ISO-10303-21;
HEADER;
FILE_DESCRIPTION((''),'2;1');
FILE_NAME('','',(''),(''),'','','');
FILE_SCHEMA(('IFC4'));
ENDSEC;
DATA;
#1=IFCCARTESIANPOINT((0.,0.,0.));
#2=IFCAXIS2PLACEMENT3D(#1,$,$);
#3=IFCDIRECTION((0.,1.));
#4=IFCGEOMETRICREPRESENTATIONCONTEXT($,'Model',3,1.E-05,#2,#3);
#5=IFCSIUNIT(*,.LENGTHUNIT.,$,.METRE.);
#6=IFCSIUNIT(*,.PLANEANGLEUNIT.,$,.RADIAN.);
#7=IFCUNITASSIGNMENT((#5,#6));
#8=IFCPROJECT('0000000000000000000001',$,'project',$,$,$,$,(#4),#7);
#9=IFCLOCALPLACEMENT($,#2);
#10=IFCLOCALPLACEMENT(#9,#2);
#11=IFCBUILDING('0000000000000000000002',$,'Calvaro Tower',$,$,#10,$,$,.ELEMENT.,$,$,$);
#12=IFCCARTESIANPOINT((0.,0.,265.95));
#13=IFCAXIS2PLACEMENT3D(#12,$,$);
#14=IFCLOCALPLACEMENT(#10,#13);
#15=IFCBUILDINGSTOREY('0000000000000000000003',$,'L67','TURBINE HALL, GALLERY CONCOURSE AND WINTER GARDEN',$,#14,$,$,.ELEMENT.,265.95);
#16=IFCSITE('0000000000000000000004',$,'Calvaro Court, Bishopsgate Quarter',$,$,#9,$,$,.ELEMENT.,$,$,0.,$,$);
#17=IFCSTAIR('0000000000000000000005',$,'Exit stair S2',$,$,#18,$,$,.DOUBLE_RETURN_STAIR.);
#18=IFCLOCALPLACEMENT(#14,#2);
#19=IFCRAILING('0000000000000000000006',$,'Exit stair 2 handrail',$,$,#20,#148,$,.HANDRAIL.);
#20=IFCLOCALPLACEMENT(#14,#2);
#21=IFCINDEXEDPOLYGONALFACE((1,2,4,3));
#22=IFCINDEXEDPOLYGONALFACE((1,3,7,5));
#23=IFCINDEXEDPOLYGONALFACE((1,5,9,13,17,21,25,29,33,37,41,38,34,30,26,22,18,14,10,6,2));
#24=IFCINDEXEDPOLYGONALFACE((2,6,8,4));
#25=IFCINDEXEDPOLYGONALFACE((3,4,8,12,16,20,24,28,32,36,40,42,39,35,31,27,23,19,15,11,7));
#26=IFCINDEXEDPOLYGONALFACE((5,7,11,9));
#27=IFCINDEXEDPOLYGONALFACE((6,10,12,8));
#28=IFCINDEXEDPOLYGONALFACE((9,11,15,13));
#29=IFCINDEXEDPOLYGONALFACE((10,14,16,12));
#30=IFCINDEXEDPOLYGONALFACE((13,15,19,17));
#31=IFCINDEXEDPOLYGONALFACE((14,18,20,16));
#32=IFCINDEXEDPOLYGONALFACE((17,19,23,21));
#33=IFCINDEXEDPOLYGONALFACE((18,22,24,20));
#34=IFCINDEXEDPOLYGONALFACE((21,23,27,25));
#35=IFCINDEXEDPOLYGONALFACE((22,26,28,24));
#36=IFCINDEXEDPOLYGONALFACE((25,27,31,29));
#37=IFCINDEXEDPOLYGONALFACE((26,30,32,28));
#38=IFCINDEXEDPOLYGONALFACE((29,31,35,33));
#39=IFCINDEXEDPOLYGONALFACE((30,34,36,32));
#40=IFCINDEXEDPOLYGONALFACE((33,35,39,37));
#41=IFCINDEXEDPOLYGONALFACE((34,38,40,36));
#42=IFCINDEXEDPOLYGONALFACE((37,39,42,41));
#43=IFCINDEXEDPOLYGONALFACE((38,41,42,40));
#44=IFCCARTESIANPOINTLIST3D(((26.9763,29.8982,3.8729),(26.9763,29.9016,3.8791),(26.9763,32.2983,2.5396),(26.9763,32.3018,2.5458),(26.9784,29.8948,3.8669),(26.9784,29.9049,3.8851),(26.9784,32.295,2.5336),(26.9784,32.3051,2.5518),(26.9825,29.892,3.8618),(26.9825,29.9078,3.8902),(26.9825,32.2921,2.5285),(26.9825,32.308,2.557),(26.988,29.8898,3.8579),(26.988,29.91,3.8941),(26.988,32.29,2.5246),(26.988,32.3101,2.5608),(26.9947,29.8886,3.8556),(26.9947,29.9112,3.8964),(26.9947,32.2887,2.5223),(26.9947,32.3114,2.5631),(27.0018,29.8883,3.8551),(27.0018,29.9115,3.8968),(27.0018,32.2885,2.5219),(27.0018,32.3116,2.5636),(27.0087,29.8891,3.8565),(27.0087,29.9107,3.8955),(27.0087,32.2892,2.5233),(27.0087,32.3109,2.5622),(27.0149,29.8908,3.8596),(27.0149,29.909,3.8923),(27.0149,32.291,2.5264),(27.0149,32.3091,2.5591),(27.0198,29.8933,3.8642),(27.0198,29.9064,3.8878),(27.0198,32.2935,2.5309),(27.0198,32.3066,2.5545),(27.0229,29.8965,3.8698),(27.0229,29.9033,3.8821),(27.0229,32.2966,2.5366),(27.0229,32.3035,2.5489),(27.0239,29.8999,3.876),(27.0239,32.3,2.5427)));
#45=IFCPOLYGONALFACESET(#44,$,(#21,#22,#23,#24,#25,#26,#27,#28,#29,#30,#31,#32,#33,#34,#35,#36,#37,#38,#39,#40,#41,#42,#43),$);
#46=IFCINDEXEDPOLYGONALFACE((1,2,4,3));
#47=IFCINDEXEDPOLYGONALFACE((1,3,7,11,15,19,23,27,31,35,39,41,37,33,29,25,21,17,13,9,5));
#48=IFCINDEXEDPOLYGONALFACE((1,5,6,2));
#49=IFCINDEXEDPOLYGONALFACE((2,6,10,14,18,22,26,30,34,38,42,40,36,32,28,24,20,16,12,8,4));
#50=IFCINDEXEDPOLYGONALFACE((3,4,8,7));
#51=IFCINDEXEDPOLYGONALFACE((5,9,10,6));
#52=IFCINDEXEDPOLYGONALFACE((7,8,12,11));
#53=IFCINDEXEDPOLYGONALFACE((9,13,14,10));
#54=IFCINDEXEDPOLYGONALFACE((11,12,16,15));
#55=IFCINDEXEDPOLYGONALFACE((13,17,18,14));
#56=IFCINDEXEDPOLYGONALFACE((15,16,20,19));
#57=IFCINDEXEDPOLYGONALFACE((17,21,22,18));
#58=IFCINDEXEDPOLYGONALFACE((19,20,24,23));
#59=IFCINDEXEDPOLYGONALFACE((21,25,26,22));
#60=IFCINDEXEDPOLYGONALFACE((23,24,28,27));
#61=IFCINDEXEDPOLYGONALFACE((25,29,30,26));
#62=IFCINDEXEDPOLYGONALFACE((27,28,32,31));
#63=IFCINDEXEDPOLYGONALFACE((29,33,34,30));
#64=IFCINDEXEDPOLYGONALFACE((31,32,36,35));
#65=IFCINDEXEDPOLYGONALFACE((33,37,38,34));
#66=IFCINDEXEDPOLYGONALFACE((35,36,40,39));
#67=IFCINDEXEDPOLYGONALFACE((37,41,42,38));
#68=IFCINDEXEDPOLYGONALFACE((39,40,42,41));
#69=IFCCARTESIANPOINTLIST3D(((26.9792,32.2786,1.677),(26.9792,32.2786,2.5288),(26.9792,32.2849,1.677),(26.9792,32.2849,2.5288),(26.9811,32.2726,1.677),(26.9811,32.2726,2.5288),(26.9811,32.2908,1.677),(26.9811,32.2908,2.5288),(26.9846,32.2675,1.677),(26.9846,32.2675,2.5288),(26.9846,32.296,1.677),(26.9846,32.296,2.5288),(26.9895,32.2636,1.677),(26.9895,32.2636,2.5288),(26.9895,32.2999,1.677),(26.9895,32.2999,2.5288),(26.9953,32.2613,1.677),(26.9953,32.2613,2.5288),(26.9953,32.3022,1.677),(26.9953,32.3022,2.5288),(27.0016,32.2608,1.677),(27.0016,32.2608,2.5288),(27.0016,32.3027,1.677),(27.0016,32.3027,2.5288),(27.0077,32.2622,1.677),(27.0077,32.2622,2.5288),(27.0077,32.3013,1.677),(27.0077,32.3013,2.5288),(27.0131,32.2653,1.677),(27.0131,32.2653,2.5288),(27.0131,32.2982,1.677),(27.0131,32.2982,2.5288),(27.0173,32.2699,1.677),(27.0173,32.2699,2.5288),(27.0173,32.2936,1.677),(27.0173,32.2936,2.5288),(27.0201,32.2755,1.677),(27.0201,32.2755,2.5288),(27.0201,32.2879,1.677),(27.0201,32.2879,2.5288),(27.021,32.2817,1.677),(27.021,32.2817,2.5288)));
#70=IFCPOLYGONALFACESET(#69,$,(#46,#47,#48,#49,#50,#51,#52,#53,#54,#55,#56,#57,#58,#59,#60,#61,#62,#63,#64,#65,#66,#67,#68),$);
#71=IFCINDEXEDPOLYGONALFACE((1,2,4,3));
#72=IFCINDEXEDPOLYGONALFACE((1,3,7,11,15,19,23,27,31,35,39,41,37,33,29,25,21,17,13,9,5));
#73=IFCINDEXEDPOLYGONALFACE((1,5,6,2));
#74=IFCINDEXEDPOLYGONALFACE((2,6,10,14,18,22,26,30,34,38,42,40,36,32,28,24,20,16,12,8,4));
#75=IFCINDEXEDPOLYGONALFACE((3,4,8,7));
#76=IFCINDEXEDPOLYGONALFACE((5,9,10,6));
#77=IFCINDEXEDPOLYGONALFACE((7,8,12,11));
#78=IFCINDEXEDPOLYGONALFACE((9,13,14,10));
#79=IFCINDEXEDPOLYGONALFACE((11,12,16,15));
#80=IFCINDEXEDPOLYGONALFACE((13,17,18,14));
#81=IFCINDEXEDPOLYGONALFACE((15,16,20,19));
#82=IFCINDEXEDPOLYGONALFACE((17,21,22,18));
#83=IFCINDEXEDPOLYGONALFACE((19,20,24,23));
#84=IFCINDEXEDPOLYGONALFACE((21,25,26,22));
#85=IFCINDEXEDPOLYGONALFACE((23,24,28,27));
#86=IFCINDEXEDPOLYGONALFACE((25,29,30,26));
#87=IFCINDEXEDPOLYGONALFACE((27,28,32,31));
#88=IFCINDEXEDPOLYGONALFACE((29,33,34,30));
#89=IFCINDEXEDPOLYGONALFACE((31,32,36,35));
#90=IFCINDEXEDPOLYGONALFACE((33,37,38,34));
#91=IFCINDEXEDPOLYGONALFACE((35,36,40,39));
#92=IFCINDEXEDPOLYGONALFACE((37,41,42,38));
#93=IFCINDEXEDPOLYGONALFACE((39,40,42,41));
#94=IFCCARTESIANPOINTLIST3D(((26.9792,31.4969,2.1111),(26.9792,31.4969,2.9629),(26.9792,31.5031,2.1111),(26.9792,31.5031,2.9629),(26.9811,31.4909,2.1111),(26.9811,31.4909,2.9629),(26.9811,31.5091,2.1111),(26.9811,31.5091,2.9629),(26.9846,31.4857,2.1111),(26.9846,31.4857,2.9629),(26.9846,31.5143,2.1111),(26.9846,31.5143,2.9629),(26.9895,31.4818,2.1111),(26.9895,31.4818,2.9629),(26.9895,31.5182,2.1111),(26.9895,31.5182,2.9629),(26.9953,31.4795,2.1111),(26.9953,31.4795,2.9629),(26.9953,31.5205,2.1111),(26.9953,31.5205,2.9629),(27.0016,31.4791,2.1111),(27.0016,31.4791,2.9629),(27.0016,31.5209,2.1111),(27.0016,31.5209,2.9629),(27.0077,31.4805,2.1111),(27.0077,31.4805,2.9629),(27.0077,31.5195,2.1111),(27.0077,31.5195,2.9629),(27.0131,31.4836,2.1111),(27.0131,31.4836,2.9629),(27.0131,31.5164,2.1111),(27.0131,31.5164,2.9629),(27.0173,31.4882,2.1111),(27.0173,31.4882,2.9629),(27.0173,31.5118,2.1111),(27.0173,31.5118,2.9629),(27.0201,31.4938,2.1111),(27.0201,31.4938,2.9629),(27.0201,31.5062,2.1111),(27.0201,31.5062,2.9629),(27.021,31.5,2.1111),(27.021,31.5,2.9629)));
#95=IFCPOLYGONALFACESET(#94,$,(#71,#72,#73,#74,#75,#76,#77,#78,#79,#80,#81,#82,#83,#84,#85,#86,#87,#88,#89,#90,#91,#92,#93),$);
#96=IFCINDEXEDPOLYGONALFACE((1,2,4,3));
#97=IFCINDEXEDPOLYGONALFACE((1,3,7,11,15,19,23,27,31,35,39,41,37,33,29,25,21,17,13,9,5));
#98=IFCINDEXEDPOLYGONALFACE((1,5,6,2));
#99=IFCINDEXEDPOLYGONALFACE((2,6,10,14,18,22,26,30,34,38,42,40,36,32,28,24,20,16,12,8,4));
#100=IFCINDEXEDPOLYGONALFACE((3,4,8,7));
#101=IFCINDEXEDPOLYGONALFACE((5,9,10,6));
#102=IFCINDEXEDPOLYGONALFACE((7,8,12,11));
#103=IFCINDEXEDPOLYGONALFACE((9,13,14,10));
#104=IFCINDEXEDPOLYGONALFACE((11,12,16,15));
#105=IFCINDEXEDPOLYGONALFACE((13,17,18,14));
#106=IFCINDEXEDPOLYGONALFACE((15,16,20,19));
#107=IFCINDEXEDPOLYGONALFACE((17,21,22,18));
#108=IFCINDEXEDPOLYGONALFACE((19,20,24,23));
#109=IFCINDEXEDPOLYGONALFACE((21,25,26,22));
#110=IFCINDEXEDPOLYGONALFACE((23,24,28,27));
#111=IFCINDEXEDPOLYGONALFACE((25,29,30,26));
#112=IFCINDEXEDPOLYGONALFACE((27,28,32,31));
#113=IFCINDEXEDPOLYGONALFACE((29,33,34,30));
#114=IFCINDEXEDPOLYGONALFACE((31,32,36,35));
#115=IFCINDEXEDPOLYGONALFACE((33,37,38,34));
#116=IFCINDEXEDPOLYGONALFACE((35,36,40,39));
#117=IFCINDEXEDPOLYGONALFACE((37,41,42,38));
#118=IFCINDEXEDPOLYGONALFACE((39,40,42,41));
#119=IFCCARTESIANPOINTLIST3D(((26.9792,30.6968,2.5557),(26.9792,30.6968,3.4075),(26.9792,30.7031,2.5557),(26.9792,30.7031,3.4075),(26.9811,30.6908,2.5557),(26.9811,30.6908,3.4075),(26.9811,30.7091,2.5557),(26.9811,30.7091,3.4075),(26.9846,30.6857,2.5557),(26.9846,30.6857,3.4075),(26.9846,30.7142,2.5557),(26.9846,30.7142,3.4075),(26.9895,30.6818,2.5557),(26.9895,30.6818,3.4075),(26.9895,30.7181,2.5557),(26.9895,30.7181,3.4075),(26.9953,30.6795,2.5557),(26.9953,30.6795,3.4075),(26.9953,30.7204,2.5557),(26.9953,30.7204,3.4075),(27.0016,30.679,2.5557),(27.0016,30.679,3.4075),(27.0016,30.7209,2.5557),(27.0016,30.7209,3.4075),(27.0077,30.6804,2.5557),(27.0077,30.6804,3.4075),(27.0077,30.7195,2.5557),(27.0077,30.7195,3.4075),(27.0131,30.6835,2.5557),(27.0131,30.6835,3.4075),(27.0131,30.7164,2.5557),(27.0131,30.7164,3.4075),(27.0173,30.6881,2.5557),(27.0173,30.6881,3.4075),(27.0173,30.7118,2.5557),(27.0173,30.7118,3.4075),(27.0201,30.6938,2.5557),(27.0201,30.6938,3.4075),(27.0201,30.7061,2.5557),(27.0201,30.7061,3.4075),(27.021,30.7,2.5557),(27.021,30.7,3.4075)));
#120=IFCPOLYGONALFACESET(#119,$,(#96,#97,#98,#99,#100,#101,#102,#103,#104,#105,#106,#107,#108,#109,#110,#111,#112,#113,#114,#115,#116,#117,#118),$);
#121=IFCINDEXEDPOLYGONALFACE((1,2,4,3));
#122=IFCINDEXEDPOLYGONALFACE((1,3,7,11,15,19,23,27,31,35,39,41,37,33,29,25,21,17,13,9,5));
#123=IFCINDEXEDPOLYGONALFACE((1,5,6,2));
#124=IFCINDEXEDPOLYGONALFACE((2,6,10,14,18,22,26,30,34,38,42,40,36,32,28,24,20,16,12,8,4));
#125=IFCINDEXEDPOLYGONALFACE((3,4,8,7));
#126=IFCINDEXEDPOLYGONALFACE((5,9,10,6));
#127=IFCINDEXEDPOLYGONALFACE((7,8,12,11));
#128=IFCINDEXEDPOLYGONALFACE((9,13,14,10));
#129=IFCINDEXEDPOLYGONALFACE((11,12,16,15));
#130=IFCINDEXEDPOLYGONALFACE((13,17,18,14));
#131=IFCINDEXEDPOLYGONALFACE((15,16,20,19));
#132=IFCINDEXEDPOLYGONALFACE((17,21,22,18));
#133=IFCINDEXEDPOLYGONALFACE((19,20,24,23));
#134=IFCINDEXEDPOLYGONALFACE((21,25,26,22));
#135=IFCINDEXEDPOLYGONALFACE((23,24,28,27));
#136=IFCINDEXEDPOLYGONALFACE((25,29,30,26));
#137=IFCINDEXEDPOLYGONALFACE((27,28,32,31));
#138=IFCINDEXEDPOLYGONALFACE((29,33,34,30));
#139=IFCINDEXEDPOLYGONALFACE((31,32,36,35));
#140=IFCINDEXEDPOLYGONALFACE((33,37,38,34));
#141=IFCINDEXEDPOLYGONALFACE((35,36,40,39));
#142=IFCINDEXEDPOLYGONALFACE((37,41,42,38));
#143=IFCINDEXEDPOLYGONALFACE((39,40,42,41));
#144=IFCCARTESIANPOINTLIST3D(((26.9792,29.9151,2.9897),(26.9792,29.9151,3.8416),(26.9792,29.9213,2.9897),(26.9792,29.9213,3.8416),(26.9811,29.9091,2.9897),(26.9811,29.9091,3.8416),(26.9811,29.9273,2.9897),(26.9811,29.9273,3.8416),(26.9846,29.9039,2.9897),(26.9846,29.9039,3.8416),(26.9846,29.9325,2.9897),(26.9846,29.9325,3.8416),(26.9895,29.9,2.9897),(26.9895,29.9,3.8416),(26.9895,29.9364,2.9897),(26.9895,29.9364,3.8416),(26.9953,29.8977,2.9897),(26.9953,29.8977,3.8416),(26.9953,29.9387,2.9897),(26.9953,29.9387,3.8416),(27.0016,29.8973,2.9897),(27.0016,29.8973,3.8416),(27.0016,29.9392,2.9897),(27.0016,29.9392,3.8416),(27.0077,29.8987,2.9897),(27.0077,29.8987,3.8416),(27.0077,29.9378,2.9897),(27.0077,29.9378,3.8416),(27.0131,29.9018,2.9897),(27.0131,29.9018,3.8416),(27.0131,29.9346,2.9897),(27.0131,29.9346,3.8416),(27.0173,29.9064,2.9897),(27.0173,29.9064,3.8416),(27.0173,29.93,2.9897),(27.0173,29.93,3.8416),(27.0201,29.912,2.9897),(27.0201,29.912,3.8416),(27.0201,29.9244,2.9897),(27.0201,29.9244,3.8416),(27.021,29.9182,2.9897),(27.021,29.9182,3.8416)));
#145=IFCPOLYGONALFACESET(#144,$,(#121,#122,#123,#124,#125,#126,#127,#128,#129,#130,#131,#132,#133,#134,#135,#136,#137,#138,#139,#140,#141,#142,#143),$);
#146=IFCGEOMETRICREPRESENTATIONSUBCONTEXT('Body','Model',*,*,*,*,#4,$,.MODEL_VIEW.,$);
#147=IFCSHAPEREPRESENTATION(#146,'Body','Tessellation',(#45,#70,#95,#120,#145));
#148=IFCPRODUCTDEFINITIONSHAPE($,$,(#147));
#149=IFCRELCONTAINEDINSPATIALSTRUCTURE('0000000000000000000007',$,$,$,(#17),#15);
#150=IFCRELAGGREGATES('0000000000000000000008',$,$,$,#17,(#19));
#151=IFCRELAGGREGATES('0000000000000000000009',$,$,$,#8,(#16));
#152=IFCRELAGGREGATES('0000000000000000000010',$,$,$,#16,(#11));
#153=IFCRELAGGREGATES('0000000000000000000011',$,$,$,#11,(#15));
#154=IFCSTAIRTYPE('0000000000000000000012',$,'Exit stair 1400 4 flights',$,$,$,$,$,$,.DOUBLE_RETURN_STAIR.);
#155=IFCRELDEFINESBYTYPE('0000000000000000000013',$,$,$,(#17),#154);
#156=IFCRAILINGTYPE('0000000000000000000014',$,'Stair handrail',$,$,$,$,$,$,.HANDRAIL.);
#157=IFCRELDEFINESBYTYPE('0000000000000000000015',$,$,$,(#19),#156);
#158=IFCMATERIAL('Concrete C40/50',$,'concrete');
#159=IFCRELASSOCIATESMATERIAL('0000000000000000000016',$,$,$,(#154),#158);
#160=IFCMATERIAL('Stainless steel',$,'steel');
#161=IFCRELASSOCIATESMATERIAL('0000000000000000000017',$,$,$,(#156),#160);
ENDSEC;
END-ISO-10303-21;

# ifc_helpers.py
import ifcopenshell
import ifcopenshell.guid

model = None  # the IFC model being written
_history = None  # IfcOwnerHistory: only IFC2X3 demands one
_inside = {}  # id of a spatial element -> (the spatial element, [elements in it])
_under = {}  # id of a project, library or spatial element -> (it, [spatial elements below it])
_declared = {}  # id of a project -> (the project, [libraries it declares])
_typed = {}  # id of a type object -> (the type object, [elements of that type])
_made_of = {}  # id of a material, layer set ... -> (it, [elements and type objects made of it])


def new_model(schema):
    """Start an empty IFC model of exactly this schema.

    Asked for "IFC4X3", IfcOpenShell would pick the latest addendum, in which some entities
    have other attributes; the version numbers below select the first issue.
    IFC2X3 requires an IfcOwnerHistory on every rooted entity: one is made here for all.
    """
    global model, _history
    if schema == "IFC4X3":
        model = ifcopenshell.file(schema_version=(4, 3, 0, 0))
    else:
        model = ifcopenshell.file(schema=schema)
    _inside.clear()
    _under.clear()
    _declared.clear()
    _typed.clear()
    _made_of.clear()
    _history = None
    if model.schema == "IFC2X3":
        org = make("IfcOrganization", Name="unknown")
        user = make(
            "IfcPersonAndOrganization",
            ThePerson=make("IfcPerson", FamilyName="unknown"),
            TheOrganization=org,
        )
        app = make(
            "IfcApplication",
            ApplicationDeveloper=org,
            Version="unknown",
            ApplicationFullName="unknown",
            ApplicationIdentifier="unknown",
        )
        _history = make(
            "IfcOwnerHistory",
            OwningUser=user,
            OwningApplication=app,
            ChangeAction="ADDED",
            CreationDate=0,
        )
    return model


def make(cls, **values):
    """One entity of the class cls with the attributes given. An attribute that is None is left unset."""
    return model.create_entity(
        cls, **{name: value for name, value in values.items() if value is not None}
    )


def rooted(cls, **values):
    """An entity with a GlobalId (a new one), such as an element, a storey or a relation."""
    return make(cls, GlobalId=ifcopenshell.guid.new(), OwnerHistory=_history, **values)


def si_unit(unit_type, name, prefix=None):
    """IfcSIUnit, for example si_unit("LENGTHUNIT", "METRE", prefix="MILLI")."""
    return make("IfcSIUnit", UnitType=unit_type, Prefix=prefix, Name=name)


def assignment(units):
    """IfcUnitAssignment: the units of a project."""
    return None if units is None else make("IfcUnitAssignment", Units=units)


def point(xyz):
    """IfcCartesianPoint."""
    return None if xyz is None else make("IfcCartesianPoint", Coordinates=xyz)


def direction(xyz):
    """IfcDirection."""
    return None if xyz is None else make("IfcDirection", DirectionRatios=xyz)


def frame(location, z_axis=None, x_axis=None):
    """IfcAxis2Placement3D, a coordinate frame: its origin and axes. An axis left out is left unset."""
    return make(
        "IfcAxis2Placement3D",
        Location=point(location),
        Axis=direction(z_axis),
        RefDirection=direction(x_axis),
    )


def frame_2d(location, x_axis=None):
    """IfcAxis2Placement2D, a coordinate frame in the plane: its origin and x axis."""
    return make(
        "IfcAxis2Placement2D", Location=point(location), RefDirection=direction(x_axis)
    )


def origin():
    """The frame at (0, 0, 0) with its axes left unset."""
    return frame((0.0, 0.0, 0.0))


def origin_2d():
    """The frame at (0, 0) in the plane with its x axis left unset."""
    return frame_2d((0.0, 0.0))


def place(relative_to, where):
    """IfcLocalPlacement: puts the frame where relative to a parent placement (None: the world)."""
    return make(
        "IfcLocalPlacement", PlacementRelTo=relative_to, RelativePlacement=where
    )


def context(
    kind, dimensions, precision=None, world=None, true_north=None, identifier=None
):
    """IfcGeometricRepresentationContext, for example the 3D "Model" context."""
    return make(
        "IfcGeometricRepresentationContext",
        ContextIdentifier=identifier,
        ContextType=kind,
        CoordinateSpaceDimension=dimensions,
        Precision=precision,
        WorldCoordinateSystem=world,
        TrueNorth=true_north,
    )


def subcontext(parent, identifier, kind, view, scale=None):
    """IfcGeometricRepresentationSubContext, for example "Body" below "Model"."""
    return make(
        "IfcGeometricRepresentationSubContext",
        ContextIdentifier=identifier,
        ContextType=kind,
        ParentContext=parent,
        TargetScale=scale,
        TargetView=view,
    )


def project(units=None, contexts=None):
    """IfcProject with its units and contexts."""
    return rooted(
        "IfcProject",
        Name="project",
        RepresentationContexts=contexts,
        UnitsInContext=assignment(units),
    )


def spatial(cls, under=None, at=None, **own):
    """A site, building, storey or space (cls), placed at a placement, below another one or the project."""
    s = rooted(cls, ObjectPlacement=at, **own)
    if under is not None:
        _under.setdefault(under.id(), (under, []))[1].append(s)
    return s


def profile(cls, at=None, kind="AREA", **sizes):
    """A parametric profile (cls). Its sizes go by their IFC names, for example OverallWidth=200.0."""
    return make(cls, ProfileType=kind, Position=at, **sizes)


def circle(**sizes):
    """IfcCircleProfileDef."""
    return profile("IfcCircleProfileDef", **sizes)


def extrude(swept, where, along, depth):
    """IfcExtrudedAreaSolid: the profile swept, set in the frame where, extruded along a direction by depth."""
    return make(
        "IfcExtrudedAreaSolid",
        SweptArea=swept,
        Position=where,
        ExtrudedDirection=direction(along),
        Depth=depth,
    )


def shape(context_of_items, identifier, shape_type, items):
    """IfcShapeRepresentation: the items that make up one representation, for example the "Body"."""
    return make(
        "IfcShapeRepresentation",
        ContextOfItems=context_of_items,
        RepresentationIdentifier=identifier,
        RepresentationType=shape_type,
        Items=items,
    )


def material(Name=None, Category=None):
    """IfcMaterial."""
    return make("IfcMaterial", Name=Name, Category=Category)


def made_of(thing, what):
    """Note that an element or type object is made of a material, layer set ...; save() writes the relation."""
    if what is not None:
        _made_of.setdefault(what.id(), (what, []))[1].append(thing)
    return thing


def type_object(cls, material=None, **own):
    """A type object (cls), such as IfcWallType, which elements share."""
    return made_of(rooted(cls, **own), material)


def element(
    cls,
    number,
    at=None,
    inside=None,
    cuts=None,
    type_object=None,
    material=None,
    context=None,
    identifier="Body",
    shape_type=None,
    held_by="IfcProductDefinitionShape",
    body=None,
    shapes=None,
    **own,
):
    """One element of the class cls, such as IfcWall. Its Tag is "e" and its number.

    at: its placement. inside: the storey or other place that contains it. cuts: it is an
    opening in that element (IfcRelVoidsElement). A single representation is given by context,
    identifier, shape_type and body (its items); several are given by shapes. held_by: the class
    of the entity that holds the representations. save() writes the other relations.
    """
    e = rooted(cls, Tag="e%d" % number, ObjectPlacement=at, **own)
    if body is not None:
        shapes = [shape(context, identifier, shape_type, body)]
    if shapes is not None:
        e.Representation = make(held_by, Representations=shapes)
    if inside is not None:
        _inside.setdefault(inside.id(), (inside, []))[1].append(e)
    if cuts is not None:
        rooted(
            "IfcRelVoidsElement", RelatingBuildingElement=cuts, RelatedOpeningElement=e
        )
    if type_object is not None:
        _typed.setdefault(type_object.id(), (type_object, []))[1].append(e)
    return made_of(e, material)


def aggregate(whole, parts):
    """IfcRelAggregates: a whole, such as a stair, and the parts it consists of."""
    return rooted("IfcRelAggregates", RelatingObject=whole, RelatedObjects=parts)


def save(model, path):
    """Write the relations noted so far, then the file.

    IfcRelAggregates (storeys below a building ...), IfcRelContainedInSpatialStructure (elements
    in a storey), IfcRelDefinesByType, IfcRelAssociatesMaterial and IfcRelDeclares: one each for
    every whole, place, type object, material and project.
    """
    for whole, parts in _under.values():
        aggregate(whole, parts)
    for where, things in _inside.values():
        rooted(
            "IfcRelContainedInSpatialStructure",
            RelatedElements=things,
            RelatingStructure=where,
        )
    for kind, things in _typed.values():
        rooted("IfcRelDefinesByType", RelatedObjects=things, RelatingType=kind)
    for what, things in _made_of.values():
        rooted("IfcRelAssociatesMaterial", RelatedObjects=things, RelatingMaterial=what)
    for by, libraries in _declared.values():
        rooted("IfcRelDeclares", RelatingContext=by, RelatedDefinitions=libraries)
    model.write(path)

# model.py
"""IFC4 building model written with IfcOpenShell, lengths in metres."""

from ifc_helpers import new_model, si_unit, direction, frame, origin, origin_2d, place, context, subcontext, project, spatial, circle, extrude, material, type_object, element, aggregate, save


model = new_model("IFC4")

# Units and contexts
model_context = context("Model", 3, precision=1e-05, world=origin(), true_north=direction((0.0, 1.0)))
body_context = subcontext(model_context, "Body", "Model", "MODEL_VIEW")
ifc_project = project(units=[si_unit("LENGTHUNIT", "METRE"), si_unit("PLANEANGLEUNIT", "RADIAN")], contexts=[model_context])

# Site, building, storey
site_placement = place(None, origin())
site = spatial("IfcSite", under=ifc_project, at=site_placement, Name="Calvaro Court, Bishopsgate Quarter", CompositionType="ELEMENT", RefElevation=0.0)
building_placement = place(site_placement, origin())
building = spatial("IfcBuilding", under=site, at=building_placement, Name="Calvaro Tower", CompositionType="ELEMENT")
storey_placement = place(building_placement, frame((0.0, 0.0, 265.95)))
storey = spatial("IfcBuildingStorey", under=building, at=storey_placement, Name="L67", Description="TURBINE HALL, GALLERY CONCOURSE AND WINTER GARDEN", CompositionType="ELEMENT", Elevation=265.95)

# Stair, railing
ifc_material_1 = material(Name="Concrete C40/50", Category="concrete")
stair_type = type_object("IfcStairType", Name="Exit stair 1400 4 flights", PredefinedType="DOUBLE_RETURN_STAIR", material=ifc_material_1)
stair_placement = place(storey_placement, origin())
stair = element("IfcStair", 1, at=stair_placement, inside=storey, type_object=stair_type, Name="Exit stair S2", PredefinedType="DOUBLE_RETURN_STAIR")
ifc_material_2 = material(Name="Stainless steel", Category="steel")
railing_type = type_object("IfcRailingType", Name="Stair handrail", PredefinedType="HANDRAIL", material=ifc_material_2)
railing_1_placement = place(storey_placement, frame((27.0, 32.3, 1.6667)))
railing_1 = element("IfcRailing", 2, at=railing_1_placement, type_object=railing_type, Name="Exit stair 2 handrail", PredefinedType="HANDRAIL", context=body_context, shape_type="SweptSolid", body=[
    extrude(circle(Radius=0.0239, at=origin_2d()), frame((0.0, 0.0, 0.876), z_axis=(0.0, -0.874182, 0.485598), x_axis=(1.0, 0.0, 0.0)), (0.0, 0.0, 1.0), 2.7456),
    extrude(circle(Radius=0.021, at=origin_2d()), frame((0.0, -0.0183, 0.0103)), (0.0, 0.0, 1.0), 0.8518),
    extrude(circle(Radius=0.021, at=origin_2d()), frame((0.0, -0.8, 0.4443)), (0.0, 0.0, 1.0), 0.8518),
    extrude(circle(Radius=0.021, at=origin_2d()), frame((0.0, -1.6001, 0.8889)), (0.0, 0.0, 1.0), 0.8518),
    extrude(circle(Radius=0.021, at=origin_2d()), frame((0.0, -2.3818, 1.323)), (0.0, 0.0, 1.0), 0.8518),
])
aggregate(stair, [railing_1])

save(model, "model.ifc")
